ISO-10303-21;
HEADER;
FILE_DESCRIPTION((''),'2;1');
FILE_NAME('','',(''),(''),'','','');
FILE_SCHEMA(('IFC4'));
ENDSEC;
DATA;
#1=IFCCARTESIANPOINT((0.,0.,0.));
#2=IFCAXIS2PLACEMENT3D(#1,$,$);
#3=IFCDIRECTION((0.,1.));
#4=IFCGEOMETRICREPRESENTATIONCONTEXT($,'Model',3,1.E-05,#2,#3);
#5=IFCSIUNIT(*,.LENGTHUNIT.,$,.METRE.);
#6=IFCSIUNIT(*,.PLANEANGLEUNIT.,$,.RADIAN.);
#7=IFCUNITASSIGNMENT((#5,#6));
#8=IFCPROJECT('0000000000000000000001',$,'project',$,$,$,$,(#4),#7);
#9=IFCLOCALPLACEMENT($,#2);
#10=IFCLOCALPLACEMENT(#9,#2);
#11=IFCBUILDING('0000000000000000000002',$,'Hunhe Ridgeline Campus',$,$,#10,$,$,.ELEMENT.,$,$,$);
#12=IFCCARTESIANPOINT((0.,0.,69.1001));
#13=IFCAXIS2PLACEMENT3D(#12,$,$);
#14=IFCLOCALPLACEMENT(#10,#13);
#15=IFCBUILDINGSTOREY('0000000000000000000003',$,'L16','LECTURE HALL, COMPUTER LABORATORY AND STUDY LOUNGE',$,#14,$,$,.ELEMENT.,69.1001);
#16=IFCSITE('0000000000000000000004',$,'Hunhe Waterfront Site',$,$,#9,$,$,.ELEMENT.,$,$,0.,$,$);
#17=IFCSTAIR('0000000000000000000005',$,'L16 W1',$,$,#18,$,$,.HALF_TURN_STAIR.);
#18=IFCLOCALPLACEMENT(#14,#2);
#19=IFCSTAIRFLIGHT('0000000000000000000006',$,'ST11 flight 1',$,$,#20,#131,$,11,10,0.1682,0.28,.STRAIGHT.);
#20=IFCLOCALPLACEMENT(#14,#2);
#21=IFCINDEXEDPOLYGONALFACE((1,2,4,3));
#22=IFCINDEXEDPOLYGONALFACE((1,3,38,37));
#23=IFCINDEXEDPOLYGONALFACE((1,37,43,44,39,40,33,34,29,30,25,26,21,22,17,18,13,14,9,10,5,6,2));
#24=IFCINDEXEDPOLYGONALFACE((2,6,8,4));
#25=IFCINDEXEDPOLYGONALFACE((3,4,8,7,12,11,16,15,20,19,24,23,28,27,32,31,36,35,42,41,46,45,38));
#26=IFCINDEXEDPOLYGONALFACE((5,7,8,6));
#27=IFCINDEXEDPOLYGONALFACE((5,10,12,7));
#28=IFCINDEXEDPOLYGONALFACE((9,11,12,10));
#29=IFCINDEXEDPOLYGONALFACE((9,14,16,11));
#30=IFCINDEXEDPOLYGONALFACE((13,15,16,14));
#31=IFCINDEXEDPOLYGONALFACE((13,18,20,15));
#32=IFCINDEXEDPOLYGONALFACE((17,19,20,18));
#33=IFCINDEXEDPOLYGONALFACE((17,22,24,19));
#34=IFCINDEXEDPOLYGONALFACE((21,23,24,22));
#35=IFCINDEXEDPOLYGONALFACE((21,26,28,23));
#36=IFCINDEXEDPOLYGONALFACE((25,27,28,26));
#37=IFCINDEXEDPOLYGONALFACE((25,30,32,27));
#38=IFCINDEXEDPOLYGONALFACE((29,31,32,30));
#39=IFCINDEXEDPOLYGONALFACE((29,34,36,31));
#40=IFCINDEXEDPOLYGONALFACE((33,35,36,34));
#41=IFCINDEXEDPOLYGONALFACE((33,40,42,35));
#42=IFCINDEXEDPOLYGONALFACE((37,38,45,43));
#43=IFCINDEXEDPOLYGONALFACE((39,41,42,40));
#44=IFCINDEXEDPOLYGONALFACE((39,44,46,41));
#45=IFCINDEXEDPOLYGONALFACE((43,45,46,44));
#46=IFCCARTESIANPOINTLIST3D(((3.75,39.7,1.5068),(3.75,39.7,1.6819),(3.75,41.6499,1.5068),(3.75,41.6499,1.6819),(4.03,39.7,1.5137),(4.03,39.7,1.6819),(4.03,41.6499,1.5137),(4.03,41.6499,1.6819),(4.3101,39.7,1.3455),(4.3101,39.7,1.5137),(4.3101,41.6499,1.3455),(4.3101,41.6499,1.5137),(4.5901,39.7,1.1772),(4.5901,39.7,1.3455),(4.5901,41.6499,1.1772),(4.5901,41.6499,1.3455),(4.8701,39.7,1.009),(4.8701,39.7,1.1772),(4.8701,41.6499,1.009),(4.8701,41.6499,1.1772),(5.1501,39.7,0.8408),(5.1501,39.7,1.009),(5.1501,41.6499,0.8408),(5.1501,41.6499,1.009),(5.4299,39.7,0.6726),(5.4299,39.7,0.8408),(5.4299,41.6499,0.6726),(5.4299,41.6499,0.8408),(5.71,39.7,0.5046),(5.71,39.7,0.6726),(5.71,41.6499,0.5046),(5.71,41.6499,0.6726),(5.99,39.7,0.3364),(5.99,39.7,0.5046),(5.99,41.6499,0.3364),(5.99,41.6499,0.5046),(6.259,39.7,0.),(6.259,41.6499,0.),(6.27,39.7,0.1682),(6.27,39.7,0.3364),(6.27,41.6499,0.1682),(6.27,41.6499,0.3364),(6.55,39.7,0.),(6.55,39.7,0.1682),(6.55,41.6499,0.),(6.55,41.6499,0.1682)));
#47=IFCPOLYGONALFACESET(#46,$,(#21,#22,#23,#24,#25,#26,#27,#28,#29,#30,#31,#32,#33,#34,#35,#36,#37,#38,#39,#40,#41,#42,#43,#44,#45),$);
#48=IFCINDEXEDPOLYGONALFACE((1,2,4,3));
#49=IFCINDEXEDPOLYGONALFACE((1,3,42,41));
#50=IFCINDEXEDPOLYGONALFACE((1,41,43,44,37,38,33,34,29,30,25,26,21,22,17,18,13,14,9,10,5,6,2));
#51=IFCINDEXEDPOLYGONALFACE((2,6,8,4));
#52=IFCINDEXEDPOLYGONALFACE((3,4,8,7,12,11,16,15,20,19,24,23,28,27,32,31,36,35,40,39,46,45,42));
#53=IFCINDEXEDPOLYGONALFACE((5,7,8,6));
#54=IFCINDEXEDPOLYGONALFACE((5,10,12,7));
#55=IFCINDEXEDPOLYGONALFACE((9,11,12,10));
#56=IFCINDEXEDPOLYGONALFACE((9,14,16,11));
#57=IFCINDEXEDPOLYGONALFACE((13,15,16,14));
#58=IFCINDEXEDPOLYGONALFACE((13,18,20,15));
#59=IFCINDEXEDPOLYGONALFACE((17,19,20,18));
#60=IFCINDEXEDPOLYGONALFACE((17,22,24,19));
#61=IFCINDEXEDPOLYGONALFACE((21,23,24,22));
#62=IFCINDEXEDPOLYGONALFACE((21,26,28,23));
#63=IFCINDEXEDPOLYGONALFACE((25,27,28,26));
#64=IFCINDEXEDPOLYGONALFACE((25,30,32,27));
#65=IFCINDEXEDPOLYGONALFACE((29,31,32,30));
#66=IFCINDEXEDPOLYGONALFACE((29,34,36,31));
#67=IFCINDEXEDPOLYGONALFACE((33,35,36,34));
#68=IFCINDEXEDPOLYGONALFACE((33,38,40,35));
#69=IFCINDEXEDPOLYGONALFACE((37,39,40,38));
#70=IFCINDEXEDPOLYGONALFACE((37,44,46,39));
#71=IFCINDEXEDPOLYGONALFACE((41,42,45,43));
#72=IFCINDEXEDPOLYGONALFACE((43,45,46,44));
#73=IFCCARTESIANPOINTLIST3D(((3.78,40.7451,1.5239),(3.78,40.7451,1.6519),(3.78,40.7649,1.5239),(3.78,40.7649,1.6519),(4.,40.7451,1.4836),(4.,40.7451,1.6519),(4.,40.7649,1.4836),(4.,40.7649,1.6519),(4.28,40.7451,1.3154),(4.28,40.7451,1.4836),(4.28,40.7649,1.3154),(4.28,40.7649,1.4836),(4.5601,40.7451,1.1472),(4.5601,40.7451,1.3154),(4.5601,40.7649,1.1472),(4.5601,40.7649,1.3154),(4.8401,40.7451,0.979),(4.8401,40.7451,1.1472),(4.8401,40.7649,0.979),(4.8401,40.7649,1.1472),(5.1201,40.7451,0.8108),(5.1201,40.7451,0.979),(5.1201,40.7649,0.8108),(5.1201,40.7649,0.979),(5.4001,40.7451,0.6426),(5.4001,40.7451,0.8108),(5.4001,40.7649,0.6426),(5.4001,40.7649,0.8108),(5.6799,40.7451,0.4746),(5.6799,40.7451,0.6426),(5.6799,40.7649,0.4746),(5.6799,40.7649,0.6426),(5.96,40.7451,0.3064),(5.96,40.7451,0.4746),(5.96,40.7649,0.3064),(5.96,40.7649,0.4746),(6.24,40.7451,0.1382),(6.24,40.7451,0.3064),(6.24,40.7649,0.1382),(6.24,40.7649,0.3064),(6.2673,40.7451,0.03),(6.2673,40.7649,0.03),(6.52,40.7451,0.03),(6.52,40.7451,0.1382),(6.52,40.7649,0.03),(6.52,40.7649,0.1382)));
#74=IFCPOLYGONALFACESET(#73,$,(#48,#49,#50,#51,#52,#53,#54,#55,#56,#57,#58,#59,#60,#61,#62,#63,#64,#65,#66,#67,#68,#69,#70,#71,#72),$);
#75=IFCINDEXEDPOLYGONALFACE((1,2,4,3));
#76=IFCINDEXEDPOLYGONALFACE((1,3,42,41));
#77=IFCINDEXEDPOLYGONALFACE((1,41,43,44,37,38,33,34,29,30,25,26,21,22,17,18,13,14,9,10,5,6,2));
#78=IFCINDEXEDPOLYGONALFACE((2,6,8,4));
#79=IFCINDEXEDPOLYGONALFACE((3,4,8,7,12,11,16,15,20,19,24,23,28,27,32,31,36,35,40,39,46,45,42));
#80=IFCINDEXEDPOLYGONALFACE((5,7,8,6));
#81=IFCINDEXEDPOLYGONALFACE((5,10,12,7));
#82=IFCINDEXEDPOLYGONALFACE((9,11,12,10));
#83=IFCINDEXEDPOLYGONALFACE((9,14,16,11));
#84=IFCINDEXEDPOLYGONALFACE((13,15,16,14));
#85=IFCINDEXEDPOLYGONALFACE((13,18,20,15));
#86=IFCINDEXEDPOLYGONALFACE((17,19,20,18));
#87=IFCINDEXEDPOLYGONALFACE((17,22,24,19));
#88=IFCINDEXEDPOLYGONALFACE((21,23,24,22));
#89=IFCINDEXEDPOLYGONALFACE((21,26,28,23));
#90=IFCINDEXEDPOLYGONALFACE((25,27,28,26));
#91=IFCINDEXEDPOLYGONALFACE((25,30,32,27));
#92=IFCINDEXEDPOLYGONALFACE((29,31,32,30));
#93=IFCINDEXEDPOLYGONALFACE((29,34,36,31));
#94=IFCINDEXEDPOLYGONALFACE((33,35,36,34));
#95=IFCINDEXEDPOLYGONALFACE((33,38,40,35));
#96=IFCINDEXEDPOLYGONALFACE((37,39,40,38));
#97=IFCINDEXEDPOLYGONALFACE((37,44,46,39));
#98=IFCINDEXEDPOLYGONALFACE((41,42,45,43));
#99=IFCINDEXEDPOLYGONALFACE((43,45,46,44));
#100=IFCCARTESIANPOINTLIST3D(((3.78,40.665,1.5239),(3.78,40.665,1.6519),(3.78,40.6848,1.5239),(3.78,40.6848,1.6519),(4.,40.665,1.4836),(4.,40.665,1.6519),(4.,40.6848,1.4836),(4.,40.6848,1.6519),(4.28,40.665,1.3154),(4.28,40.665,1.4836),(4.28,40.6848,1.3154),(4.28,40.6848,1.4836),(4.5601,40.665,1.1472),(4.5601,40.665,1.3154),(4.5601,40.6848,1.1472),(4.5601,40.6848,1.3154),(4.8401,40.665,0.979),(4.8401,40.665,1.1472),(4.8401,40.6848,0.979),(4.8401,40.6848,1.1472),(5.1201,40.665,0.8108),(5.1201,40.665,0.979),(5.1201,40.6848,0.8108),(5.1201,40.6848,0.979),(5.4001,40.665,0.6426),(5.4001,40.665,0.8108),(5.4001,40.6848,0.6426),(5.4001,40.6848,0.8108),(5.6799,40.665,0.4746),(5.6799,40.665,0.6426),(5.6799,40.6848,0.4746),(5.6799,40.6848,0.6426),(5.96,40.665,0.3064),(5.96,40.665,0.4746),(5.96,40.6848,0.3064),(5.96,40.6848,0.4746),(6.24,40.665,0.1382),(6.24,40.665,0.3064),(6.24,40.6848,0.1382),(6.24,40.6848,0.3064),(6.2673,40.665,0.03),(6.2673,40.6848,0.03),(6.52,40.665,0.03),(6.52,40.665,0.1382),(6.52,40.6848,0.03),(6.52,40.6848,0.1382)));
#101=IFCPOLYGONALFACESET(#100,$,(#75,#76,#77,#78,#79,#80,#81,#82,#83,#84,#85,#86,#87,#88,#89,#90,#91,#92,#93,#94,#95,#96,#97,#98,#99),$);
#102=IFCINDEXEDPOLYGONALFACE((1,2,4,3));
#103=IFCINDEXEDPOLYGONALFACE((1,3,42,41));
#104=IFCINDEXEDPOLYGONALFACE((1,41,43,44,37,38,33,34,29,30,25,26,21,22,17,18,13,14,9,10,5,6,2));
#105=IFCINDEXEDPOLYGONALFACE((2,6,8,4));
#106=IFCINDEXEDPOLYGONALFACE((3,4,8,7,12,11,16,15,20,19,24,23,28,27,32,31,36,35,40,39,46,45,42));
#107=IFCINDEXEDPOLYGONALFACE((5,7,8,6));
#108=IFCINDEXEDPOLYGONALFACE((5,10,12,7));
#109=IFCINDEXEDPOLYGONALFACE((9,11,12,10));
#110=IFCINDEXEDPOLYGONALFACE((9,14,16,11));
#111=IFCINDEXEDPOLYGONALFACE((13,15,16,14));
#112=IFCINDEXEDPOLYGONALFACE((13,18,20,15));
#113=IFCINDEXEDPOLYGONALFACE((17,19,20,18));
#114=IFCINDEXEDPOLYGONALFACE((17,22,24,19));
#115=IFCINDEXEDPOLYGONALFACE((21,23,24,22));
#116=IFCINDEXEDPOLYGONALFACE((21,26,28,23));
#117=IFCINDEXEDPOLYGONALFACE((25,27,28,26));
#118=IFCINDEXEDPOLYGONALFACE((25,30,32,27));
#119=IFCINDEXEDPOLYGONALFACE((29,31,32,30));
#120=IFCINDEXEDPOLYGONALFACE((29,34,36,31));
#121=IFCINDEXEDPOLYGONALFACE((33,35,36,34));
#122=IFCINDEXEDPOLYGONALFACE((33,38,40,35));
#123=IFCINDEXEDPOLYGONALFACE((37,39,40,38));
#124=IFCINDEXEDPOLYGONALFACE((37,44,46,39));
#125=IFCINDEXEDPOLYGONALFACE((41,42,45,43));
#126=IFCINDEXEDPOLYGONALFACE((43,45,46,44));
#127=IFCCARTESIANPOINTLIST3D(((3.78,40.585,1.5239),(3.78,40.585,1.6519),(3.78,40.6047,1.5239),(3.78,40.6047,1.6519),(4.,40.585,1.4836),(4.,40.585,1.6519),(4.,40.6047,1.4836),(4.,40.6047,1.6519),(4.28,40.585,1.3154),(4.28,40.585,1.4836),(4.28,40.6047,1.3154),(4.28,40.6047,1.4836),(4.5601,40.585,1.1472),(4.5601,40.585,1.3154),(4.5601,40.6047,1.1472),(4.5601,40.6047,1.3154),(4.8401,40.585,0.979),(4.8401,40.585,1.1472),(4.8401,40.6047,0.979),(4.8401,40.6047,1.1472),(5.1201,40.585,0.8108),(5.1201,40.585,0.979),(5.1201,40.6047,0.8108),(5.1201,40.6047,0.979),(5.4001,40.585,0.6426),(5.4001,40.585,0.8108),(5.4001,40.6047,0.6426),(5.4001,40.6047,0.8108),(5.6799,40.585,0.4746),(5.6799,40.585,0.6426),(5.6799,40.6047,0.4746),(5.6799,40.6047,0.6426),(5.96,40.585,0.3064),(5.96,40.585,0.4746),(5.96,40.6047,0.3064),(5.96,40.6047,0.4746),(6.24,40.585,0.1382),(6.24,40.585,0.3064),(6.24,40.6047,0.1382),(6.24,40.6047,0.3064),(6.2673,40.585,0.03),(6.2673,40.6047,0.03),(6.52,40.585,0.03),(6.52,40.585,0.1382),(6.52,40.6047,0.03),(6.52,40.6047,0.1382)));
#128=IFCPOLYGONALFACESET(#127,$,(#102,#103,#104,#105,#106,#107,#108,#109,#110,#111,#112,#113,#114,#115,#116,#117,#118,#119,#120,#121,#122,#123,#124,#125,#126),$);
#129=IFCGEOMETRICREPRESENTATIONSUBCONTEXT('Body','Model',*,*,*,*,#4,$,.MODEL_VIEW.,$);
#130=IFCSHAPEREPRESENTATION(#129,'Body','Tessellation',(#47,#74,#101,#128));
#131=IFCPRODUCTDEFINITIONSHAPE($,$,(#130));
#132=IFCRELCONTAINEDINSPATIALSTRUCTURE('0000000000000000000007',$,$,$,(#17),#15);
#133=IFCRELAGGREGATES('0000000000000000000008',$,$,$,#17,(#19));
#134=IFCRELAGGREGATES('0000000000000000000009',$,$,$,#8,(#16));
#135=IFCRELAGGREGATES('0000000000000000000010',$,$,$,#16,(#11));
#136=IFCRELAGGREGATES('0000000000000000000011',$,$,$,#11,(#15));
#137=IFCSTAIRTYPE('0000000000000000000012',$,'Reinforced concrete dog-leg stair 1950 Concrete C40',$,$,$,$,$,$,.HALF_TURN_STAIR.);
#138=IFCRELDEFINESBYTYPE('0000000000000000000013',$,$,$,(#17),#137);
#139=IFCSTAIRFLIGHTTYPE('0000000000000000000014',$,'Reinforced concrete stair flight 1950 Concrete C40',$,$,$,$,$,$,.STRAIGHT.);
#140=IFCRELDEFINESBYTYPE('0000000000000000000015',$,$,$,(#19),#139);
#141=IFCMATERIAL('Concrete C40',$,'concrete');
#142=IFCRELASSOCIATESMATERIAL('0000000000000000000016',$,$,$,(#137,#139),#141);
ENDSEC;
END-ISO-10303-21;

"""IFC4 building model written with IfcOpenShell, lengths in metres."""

from ifc_helpers import new_model, si_unit, direction, frame, origin, place, context, subcontext, project, spatial, polyline, outline, extrude, material, type_object, element, aggregate, save


model = new_model("IFC4")

# Units and contexts
model_context = context("Model", 3, precision=1e-05, world=origin(), true_north=direction((0.0, 1.0)))
body_context = subcontext(model_context, "Body", "Model", "MODEL_VIEW")
ifc_project = project(units=[si_unit("LENGTHUNIT", "METRE"), si_unit("PLANEANGLEUNIT", "RADIAN")], contexts=[model_context])

# Site, building, storey
site_placement = place(None, origin())
site = spatial("IfcSite", under=ifc_project, at=site_placement, Name="Hunhe Waterfront Site", CompositionType="ELEMENT", RefElevation=0.0)
building_placement = place(site_placement, origin())
building = spatial("IfcBuilding", under=site, at=building_placement, Name="Hunhe Ridgeline Campus", CompositionType="ELEMENT")
storey_placement = place(building_placement, frame((0.0, 0.0, 69.1001)))
storey = spatial("IfcBuildingStorey", under=building, at=storey_placement, Name="L16", Description="LECTURE HALL, COMPUTER LABORATORY AND STUDY LOUNGE", CompositionType="ELEMENT", Elevation=69.1001)

# Stair, stair flight
ifc_material_1 = material(Name="Concrete C40", Category="concrete")
stair_type = type_object("IfcStairType", Name="Reinforced concrete dog-leg stair 1950 Concrete C40", PredefinedType="HALF_TURN_STAIR", material=ifc_material_1)
stair_placement = place(storey_placement, origin())
stair = element("IfcStair", 1, at=stair_placement, inside=storey, type_object=stair_type, Name="L16 W1", PredefinedType="HALF_TURN_STAIR")
stair_flight_type = type_object("IfcStairFlightType", Name="Reinforced concrete stair flight 1950 Concrete C40", PredefinedType="STRAIGHT", material=ifc_material_1)
stair_flight_1_placement = place(storey_placement, frame((6.55, 40.675, 0.0), z_axis=(0.0, 0.0, 1.0), x_axis=(-1.0, 0.0, 0.0)))
stair_flight_1 = element("IfcStairFlight", 2, at=stair_flight_1_placement, type_object=stair_flight_type, Name="ST11 flight 1", NumberOfRisers=11, NumberOfTreads=10, PredefinedType="STRAIGHT", RiserHeight=0.1682, TreadLength=0.28, context=body_context, shape_type="SweptSolid", body=[
    extrude(outline(polyline([(0.0, 0.0), (0.0, 0.1682), (0.28, 0.1682), (0.28, 0.3364), (0.5601, 0.3364), (0.5601, 0.5046), (0.8401, 0.5046), (0.8401, 0.6726), (1.1201, 0.6726), (1.1201, 0.8408), (1.3999, 0.8408), (1.3999, 1.009), (1.6799, 1.009), (1.6799, 1.1772), (1.96, 1.1772), (1.96, 1.3455), (2.24, 1.3455), (2.24, 1.5137), (2.52, 1.5137), (2.52, 1.6819), (2.8, 1.6819), (2.8, 1.8501), (2.8, 1.5068), (0.291, 0.0), (0.0, 0.0)])), frame((0.0, 0.9751, 0.0), z_axis=(0.0, -1.0, 0.0), x_axis=(1.0, 0.0, 0.0)), (0.0, 0.0, 1.0), 1.95),
    extrude(outline(polyline([(0.03, 0.03), (0.03, 0.1382), (0.3101, 0.1382), (0.3101, 0.3064), (0.5901, 0.3064), (0.5901, 0.4746), (0.8701, 0.4746), (0.8701, 0.6426), (1.1499, 0.6426), (1.1499, 0.8108), (1.4299, 0.8108), (1.4299, 0.979), (1.71, 0.979), (1.71, 1.1472), (1.99, 1.1472), (1.99, 1.3154), (2.27, 1.3154), (2.27, 1.4836), (2.55, 1.4836), (2.55, 1.6519), (2.77, 1.6519), (2.77, 1.5239), (0.2827, 0.03), (0.03, 0.03)])), frame((0.0, -0.0701, 0.0), z_axis=(0.0, -1.0, 0.0), x_axis=(1.0, 0.0, 0.0)), (0.0, 0.0, 1.0), 0.0198),
    extrude(outline(polyline([(0.03, 0.03), (0.03, 0.1382), (0.3101, 0.1382), (0.3101, 0.3064), (0.5901, 0.3064), (0.5901, 0.4746), (0.8701, 0.4746), (0.8701, 0.6426), (1.1499, 0.6426), (1.1499, 0.8108), (1.4299, 0.8108), (1.4299, 0.979), (1.71, 0.979), (1.71, 1.1472), (1.99, 1.1472), (1.99, 1.3154), (2.27, 1.3154), (2.27, 1.4836), (2.55, 1.4836), (2.55, 1.6519), (2.77, 1.6519), (2.77, 1.5239), (0.2827, 0.03), (0.03, 0.03)])), frame((0.0, 0.01, 0.0), z_axis=(0.0, -1.0, 0.0), x_axis=(1.0, 0.0, 0.0)), (0.0, 0.0, 1.0), 0.0198),
    extrude(outline(polyline([(0.03, 0.03), (0.03, 0.1382), (0.3101, 0.1382), (0.3101, 0.3064), (0.5901, 0.3064), (0.5901, 0.4746), (0.8701, 0.4746), (0.8701, 0.6426), (1.1499, 0.6426), (1.1499, 0.8108), (1.4299, 0.8108), (1.4299, 0.979), (1.71, 0.979), (1.71, 1.1472), (1.99, 1.1472), (1.99, 1.3154), (2.27, 1.3154), (2.27, 1.4836), (2.55, 1.4836), (2.55, 1.6519), (2.77, 1.6519), (2.77, 1.5239), (0.2827, 0.03), (0.03, 0.03)])), frame((0.0, 0.0901, 0.0), z_axis=(0.0, -1.0, 0.0), x_axis=(1.0, 0.0, 0.0)), (0.0, 0.0, 1.0), 0.0198),
])
aggregate(stair, [stair_flight_1])

save(model, "model.ifc")
